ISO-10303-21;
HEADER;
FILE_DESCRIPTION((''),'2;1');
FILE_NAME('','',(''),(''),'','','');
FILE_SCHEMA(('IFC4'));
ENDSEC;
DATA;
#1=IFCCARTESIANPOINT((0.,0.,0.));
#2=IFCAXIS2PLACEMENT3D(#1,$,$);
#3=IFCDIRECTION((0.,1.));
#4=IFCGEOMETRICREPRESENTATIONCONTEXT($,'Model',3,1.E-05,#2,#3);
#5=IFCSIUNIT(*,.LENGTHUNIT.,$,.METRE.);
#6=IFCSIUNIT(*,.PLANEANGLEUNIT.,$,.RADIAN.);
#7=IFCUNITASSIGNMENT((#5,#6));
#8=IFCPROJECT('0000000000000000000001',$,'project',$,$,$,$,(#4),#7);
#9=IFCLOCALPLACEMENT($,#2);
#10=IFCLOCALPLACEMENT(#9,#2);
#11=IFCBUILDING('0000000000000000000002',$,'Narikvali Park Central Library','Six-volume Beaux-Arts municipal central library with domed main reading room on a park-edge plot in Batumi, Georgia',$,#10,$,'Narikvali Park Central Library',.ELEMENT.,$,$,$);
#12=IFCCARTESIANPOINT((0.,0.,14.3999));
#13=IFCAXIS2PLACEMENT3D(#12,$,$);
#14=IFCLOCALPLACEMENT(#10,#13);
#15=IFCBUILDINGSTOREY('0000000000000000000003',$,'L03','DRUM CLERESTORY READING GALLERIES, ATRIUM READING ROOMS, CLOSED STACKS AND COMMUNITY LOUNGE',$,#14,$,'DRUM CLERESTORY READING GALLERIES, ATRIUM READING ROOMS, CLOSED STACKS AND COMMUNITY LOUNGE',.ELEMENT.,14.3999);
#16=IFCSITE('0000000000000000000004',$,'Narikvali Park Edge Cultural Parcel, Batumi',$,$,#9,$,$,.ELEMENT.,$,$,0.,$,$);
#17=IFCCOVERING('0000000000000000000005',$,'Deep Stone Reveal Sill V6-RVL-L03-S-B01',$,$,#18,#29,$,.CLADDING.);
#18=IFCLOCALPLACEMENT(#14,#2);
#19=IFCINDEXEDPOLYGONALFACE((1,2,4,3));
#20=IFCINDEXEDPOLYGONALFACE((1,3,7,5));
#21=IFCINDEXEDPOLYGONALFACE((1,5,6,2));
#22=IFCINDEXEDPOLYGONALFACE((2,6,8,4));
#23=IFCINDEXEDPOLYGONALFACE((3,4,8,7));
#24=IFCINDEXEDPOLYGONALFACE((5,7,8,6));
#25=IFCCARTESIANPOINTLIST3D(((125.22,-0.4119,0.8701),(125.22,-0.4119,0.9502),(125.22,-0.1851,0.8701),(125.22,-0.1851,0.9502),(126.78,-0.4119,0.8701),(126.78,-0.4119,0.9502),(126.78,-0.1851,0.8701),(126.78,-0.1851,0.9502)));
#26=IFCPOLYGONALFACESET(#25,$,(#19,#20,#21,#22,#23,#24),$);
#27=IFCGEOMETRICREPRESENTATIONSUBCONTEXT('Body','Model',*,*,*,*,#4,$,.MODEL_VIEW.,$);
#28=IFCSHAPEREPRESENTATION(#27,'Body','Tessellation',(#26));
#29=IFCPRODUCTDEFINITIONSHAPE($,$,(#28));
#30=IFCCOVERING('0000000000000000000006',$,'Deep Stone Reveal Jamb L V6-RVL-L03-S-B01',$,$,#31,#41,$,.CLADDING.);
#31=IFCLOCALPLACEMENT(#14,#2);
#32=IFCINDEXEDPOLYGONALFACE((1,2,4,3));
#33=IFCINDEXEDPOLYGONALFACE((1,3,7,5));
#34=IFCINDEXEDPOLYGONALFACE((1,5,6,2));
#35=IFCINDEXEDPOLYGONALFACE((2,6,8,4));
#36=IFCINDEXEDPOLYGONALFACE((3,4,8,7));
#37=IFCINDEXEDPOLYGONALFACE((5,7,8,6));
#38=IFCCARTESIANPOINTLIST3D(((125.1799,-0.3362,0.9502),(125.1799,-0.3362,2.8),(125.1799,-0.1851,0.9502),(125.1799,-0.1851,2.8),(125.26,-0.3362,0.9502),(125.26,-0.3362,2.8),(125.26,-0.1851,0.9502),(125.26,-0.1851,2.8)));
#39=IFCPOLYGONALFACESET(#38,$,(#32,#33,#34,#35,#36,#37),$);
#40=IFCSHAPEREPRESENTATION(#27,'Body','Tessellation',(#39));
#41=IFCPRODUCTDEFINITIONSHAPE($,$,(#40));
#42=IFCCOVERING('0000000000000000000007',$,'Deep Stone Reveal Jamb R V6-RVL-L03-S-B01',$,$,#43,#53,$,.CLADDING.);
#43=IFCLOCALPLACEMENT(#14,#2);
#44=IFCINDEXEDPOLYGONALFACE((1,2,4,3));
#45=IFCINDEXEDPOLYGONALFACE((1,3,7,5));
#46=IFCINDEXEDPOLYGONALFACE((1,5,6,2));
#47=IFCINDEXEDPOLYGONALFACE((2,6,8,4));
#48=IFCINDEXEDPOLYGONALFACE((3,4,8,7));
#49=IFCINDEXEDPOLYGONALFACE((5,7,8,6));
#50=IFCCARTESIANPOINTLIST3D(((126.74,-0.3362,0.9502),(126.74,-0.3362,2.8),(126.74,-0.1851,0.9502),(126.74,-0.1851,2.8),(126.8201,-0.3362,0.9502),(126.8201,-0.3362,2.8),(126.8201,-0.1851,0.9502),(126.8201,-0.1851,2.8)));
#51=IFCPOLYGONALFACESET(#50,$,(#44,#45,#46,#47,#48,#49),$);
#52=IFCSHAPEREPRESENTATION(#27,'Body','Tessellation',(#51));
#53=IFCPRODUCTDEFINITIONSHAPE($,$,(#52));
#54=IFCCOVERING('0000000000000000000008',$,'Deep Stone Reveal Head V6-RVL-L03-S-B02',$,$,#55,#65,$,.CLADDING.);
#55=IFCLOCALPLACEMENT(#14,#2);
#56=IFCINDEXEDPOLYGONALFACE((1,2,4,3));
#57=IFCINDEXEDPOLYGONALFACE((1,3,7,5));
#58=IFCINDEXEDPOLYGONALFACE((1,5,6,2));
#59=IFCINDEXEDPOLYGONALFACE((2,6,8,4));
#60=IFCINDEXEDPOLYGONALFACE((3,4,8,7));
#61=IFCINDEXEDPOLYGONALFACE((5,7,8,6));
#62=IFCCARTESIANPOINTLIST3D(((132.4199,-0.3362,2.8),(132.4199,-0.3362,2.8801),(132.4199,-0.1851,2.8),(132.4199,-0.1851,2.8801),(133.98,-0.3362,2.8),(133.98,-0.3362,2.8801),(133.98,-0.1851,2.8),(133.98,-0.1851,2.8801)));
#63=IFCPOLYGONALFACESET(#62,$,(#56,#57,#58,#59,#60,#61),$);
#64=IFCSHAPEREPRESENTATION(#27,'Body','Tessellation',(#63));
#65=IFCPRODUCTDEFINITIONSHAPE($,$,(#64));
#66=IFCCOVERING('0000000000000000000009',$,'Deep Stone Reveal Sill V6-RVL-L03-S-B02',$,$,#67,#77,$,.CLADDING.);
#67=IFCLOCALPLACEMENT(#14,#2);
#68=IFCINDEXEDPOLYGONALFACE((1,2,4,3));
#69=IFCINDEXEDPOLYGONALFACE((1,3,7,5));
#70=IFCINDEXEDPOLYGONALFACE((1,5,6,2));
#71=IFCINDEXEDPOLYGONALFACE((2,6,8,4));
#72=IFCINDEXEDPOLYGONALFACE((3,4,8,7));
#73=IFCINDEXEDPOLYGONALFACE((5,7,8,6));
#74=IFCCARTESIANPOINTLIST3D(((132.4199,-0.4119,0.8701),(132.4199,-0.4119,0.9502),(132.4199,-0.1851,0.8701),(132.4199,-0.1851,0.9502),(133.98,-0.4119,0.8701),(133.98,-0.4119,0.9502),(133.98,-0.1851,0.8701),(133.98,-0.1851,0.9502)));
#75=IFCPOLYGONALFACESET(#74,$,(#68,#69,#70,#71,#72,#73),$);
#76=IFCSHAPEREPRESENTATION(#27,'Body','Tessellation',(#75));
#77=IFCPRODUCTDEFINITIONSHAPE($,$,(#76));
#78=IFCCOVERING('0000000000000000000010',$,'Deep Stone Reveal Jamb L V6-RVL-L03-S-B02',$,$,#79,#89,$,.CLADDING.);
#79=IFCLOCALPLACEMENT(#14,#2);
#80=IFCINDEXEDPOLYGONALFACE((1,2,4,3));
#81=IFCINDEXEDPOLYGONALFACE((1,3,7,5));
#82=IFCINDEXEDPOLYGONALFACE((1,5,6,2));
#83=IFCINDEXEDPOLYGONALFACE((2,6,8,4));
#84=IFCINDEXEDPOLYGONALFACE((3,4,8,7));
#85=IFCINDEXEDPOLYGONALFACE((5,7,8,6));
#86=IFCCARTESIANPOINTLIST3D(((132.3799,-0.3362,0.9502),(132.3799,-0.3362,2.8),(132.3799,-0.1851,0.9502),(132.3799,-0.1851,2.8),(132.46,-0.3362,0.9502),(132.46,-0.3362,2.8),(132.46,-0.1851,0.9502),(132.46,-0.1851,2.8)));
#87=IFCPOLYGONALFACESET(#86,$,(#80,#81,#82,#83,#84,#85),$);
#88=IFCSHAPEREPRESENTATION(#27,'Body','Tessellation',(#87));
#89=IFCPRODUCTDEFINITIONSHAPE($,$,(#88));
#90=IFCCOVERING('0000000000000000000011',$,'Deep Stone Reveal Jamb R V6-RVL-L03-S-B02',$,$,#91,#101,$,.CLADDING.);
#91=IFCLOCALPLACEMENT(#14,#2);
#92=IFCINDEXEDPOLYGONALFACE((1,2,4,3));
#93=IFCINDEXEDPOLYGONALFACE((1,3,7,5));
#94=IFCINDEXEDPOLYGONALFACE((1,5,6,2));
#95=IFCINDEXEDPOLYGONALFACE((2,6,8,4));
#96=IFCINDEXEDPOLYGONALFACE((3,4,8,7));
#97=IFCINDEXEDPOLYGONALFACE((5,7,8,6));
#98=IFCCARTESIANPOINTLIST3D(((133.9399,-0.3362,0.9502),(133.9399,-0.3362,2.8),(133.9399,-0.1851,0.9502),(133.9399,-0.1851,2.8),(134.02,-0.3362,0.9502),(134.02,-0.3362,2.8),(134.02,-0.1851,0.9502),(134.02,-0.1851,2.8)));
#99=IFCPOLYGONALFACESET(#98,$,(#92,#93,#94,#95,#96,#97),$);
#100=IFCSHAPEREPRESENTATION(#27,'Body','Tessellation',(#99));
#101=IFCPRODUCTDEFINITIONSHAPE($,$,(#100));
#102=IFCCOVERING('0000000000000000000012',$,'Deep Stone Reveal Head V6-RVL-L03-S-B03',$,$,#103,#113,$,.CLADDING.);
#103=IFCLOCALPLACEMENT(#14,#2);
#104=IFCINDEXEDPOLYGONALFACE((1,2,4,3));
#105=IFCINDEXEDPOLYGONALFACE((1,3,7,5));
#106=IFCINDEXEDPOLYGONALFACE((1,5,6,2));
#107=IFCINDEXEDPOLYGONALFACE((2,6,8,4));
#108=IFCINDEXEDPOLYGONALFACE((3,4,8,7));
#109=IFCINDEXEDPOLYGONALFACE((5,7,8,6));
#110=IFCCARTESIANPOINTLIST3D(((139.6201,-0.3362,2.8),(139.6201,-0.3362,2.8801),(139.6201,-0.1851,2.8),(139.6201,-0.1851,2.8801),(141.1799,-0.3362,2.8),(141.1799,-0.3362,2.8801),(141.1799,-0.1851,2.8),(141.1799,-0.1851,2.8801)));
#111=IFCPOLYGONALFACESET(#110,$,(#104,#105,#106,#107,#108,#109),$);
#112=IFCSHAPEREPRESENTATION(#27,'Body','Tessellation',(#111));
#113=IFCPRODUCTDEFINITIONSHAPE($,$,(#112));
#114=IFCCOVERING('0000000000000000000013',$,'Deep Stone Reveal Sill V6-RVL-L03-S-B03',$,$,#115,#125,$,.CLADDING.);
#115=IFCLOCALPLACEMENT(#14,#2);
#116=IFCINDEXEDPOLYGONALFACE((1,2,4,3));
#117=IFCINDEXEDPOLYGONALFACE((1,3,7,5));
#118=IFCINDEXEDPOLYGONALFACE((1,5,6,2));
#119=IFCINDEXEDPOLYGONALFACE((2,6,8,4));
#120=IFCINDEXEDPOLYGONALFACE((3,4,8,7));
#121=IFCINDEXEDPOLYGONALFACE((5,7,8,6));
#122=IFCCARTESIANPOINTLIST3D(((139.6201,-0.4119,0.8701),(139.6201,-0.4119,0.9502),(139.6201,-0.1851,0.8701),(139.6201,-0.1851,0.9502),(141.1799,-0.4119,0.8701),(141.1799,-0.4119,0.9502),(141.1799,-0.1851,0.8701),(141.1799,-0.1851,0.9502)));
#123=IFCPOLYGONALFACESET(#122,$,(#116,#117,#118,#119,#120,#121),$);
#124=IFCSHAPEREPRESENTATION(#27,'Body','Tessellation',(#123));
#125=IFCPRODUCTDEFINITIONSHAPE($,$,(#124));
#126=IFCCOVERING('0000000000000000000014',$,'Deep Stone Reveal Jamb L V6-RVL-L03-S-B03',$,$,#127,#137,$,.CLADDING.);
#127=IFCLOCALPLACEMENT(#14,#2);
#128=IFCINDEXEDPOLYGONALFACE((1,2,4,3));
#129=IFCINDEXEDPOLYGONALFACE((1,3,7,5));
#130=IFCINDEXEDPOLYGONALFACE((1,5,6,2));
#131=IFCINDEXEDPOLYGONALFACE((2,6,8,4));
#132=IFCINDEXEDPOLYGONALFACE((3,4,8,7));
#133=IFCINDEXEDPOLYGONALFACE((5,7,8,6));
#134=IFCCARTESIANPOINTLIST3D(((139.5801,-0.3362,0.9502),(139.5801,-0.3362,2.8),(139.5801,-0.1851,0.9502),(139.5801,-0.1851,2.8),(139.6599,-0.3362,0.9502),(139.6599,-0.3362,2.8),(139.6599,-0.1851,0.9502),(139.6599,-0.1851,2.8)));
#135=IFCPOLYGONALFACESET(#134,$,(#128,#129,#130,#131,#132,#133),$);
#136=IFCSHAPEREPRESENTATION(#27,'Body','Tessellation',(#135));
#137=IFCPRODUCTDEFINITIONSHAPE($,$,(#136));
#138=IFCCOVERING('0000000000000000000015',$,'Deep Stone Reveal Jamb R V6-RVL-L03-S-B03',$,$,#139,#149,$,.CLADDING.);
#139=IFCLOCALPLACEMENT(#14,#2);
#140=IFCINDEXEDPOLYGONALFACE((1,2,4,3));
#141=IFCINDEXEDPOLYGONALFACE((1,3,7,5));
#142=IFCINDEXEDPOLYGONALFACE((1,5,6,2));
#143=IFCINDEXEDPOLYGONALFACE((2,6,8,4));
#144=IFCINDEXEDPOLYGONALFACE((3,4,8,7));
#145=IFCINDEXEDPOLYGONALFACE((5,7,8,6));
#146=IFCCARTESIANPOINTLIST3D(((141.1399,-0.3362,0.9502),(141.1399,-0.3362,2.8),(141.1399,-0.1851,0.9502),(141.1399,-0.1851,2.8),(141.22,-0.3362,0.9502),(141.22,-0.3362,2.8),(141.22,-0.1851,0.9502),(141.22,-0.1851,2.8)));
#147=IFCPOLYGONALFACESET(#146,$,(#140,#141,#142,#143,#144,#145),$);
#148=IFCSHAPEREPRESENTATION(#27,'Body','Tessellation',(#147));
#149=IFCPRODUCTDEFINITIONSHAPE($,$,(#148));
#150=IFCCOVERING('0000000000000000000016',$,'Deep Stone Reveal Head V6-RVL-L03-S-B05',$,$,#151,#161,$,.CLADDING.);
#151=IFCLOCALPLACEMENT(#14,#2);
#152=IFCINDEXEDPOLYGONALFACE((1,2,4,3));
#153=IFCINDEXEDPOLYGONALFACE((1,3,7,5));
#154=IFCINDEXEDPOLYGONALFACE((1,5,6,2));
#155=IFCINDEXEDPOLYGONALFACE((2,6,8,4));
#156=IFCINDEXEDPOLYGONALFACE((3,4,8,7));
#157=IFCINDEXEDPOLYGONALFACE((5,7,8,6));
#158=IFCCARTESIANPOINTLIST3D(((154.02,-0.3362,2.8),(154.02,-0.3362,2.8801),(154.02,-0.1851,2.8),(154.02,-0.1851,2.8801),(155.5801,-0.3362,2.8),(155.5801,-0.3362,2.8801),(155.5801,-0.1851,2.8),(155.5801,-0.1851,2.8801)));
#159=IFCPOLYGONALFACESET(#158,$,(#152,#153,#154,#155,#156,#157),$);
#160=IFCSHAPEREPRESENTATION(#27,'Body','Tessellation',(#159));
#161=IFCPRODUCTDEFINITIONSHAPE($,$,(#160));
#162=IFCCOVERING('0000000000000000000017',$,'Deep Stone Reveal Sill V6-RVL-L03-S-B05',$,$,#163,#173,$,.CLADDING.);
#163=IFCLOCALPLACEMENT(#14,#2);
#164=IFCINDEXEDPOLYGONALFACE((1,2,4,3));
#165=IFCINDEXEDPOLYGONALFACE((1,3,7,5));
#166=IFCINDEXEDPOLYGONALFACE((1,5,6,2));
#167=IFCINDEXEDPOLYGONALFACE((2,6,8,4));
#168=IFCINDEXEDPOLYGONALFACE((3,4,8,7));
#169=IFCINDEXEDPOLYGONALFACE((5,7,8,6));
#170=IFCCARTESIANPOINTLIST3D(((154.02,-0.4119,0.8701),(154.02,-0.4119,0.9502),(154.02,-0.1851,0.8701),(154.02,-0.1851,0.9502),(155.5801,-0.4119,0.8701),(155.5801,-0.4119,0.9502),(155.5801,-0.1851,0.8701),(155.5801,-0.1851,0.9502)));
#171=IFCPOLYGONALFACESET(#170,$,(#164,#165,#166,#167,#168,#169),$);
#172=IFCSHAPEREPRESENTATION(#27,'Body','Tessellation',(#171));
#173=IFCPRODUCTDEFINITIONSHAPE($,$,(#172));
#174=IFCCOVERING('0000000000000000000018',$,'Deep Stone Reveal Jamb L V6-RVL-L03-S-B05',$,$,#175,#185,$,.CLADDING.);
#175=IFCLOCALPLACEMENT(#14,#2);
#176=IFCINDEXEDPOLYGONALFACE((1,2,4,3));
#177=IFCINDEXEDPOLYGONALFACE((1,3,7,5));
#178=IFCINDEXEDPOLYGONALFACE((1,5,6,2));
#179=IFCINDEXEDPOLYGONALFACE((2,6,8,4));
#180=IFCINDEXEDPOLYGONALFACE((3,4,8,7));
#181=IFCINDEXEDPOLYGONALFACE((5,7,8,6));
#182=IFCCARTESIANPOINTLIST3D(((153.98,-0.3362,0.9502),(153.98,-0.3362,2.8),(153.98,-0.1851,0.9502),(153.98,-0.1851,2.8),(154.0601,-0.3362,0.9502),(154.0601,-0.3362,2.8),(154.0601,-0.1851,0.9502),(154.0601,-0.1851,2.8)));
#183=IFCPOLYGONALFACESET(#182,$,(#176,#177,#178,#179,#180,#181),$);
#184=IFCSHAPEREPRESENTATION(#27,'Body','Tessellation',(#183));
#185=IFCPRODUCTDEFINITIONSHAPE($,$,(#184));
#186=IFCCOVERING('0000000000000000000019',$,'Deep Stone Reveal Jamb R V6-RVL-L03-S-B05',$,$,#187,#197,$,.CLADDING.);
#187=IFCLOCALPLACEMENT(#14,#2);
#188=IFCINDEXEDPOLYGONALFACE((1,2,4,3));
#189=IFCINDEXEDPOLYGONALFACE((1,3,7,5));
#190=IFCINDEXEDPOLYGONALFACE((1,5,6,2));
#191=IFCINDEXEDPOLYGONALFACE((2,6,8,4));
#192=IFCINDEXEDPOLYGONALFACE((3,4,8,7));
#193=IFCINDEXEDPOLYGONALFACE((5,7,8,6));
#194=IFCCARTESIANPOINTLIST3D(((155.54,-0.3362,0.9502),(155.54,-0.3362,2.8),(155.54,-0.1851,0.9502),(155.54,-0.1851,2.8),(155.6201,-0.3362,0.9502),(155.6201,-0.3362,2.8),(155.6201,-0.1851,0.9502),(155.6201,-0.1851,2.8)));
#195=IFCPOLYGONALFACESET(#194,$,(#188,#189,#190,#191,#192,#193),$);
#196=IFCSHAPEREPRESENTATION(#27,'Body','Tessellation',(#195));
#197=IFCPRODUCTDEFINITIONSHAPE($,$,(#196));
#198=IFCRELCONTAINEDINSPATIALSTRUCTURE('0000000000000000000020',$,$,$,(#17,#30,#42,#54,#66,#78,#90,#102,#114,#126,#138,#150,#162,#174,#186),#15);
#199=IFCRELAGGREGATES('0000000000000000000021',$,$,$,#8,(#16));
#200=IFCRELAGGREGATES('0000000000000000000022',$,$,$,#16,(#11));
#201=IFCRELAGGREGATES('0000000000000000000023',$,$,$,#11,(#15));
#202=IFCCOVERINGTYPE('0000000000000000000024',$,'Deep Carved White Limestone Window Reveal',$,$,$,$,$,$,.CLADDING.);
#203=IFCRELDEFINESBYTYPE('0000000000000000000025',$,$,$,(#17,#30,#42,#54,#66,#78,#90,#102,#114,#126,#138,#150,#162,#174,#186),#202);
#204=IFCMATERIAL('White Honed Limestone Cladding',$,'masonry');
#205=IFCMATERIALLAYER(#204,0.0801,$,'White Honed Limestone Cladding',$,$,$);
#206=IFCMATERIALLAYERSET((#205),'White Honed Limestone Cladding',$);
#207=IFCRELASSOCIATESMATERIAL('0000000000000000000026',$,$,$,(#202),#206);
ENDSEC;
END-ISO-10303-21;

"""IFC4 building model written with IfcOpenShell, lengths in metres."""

from ifc_helpers import new_model, si_unit, direction, frame, origin, place, context, subcontext, project, spatial, polyline, outline, extrude, material, layer, layer_set, type_object, element, save


model = new_model("IFC4")

# Units and contexts
model_context = context("Model", 3, precision=1e-05, world=origin(), true_north=direction((0.0, 1.0)))
body_context = subcontext(model_context, "Body", "Model", "MODEL_VIEW")
ifc_project = project(units=[si_unit("LENGTHUNIT", "METRE"), si_unit("PLANEANGLEUNIT", "RADIAN")], contexts=[model_context])

# Site, building, storey
site_placement = place(None, origin())
site = spatial("IfcSite", under=ifc_project, at=site_placement, Name="Narikvali Park Edge Cultural Parcel, Batumi", CompositionType="ELEMENT", RefElevation=0.0)
building_placement = place(site_placement, origin())
building = spatial("IfcBuilding", under=site, at=building_placement, Name="Narikvali Park Central Library", Description="Six-volume Beaux-Arts municipal central library with domed main reading room on a park-edge plot in Batumi, Georgia", LongName="Narikvali Park Central Library", CompositionType="ELEMENT")
storey_placement = place(building_placement, frame((0.0, 0.0, 14.3999)))
storey = spatial("IfcBuildingStorey", under=building, at=storey_placement, Name="L03", Description="DRUM CLERESTORY READING GALLERIES, ATRIUM READING ROOMS, CLOSED STACKS AND COMMUNITY LOUNGE", LongName="DRUM CLERESTORY READING GALLERIES, ATRIUM READING ROOMS, CLOSED STACKS AND COMMUNITY LOUNGE", CompositionType="ELEMENT", Elevation=14.3999)

# Coverings
ifc_material = material(Name="White Honed Limestone Cladding", Category="masonry")
ifc_layer = layer(ifc_material, 0.0801, Name="White Honed Limestone Cladding")
ifc_layer_set = layer_set([ifc_layer], Name="White Honed Limestone Cladding")
covering_type = type_object("IfcCoveringType", Name="Deep Carved White Limestone Window Reveal", PredefinedType="CLADDING", material=ifc_layer_set)
covering_1_placement = place(storey_placement, frame((0.0, 0.0, 0.8701)))
element("IfcCovering", 1, at=covering_1_placement, inside=storey, type_object=covering_type, Name="Deep Stone Reveal Sill V6-RVL-L03-S-B01", PredefinedType="CLADDING", context=body_context, shape_type="SweptSolid", body=[
    extrude(outline(polyline([(125.22, -0.1851), (126.78, -0.1851), (126.78, -0.4119), (125.22, -0.4119), (125.22, -0.1851)])), origin(), (0.0, 0.0, 1.0), 0.0801),
])
covering_2_placement = place(storey_placement, frame((0.0, 0.0, 0.9502)))
element("IfcCovering", 2, at=covering_2_placement, inside=storey, type_object=covering_type, Name="Deep Stone Reveal Jamb L V6-RVL-L03-S-B01", PredefinedType="CLADDING", context=body_context, shape_type="SweptSolid", body=[
    extrude(outline(polyline([(125.1799, -0.1851), (125.26, -0.1851), (125.26, -0.3362), (125.1799, -0.3362), (125.1799, -0.1851)])), origin(), (0.0, 0.0, 1.0), 1.8499),
])
covering_3_placement = place(storey_placement, frame((0.0, 0.0, 0.9502)))
element("IfcCovering", 3, at=covering_3_placement, inside=storey, type_object=covering_type, Name="Deep Stone Reveal Jamb R V6-RVL-L03-S-B01", PredefinedType="CLADDING", context=body_context, shape_type="SweptSolid", body=[
    extrude(outline(polyline([(126.74, -0.1851), (126.8201, -0.1851), (126.8201, -0.3362), (126.74, -0.3362), (126.74, -0.1851)])), origin(), (0.0, 0.0, 1.0), 1.8499),
])
covering_4_placement = place(storey_placement, frame((0.0, 0.0, 2.8)))
element("IfcCovering", 4, at=covering_4_placement, inside=storey, type_object=covering_type, Name="Deep Stone Reveal Head V6-RVL-L03-S-B02", PredefinedType="CLADDING", context=body_context, shape_type="SweptSolid", body=[
    extrude(outline(polyline([(132.4199, -0.1851), (133.98, -0.1851), (133.98, -0.3362), (132.4199, -0.3362), (132.4199, -0.1851)])), origin(), (0.0, 0.0, 1.0), 0.0801),
])
covering_5_placement = place(storey_placement, frame((0.0, 0.0, 0.8701)))
element("IfcCovering", 5, at=covering_5_placement, inside=storey, type_object=covering_type, Name="Deep Stone Reveal Sill V6-RVL-L03-S-B02", PredefinedType="CLADDING", context=body_context, shape_type="SweptSolid", body=[
    extrude(outline(polyline([(132.4199, -0.1851), (133.98, -0.1851), (133.98, -0.4119), (132.4199, -0.4119), (132.4199, -0.1851)])), origin(), (0.0, 0.0, 1.0), 0.0801),
])
covering_6_placement = place(storey_placement, frame((0.0, 0.0, 0.9502)))
element("IfcCovering", 6, at=covering_6_placement, inside=storey, type_object=covering_type, Name="Deep Stone Reveal Jamb L V6-RVL-L03-S-B02", PredefinedType="CLADDING", context=body_context, shape_type="SweptSolid", body=[
    extrude(outline(polyline([(132.3799, -0.1851), (132.46, -0.1851), (132.46, -0.3362), (132.3799, -0.3362), (132.3799, -0.1851)])), origin(), (0.0, 0.0, 1.0), 1.8499),
])
covering_7_placement = place(storey_placement, frame((0.0, 0.0, 0.9502)))
element("IfcCovering", 7, at=covering_7_placement, inside=storey, type_object=covering_type, Name="Deep Stone Reveal Jamb R V6-RVL-L03-S-B02", PredefinedType="CLADDING", context=body_context, shape_type="SweptSolid", body=[
    extrude(outline(polyline([(133.9399, -0.1851), (134.02, -0.1851), (134.02, -0.3362), (133.9399, -0.3362), (133.9399, -0.1851)])), origin(), (0.0, 0.0, 1.0), 1.8499),
])
covering_8_placement = place(storey_placement, frame((0.0, 0.0, 2.8)))
element("IfcCovering", 8, at=covering_8_placement, inside=storey, type_object=covering_type, Name="Deep Stone Reveal Head V6-RVL-L03-S-B03", PredefinedType="CLADDING", context=body_context, shape_type="SweptSolid", body=[
    extrude(outline(polyline([(139.6201, -0.1851), (141.1799, -0.1851), (141.1799, -0.3362), (139.6201, -0.3362), (139.6201, -0.1851)])), origin(), (0.0, 0.0, 1.0), 0.0801),
])
covering_9_placement = place(storey_placement, frame((0.0, 0.0, 0.8701)))
element("IfcCovering", 9, at=covering_9_placement, inside=storey, type_object=covering_type, Name="Deep Stone Reveal Sill V6-RVL-L03-S-B03", PredefinedType="CLADDING", context=body_context, shape_type="SweptSolid", body=[
    extrude(outline(polyline([(139.6201, -0.1851), (141.1799, -0.1851), (141.1799, -0.4119), (139.6201, -0.4119), (139.6201, -0.1851)])), origin(), (0.0, 0.0, 1.0), 0.0801),
])
covering_10_placement = place(storey_placement, frame((0.0, 0.0, 0.9502)))
element("IfcCovering", 10, at=covering_10_placement, inside=storey, type_object=covering_type, Name="Deep Stone Reveal Jamb L V6-RVL-L03-S-B03", PredefinedType="CLADDING", context=body_context, shape_type="SweptSolid", body=[
    extrude(outline(polyline([(139.5801, -0.1851), (139.6599, -0.1851), (139.6599, -0.3362), (139.5801, -0.3362), (139.5801, -0.1851)])), origin(), (0.0, 0.0, 1.0), 1.8499),
])
covering_11_placement = place(storey_placement, frame((0.0, 0.0, 0.9502)))
element("IfcCovering", 11, at=covering_11_placement, inside=storey, type_object=covering_type, Name="Deep Stone Reveal Jamb R V6-RVL-L03-S-B03", PredefinedType="CLADDING", context=body_context, shape_type="SweptSolid", body=[
    extrude(outline(polyline([(141.1399, -0.1851), (141.22, -0.1851), (141.22, -0.3362), (141.1399, -0.3362), (141.1399, -0.1851)])), origin(), (0.0, 0.0, 1.0), 1.8499),
])
covering_12_placement = place(storey_placement, frame((0.0, 0.0, 2.8)))
element("IfcCovering", 12, at=covering_12_placement, inside=storey, type_object=covering_type, Name="Deep Stone Reveal Head V6-RVL-L03-S-B05", PredefinedType="CLADDING", context=body_context, shape_type="SweptSolid", body=[
    extrude(outline(polyline([(154.02, -0.1851), (155.5801, -0.1851), (155.5801, -0.3362), (154.02, -0.3362), (154.02, -0.1851)])), origin(), (0.0, 0.0, 1.0), 0.0801),
])
covering_13_placement = place(storey_placement, frame((0.0, 0.0, 0.8701)))
element("IfcCovering", 13, at=covering_13_placement, inside=storey, type_object=covering_type, Name="Deep Stone Reveal Sill V6-RVL-L03-S-B05", PredefinedType="CLADDING", context=body_context, shape_type="SweptSolid", body=[
    extrude(outline(polyline([(154.02, -0.1851), (155.5801, -0.1851), (155.5801, -0.4119), (154.02, -0.4119), (154.02, -0.1851)])), origin(), (0.0, 0.0, 1.0), 0.0801),
])
covering_14_placement = place(storey_placement, frame((0.0, 0.0, 0.9502)))
element("IfcCovering", 14, at=covering_14_placement, inside=storey, type_object=covering_type, Name="Deep Stone Reveal Jamb L V6-RVL-L03-S-B05", PredefinedType="CLADDING", context=body_context, shape_type="SweptSolid", body=[
    extrude(outline(polyline([(153.98, -0.1851), (154.0601, -0.1851), (154.0601, -0.3362), (153.98, -0.3362), (153.98, -0.1851)])), origin(), (0.0, 0.0, 1.0), 1.8499),
])
covering_15_placement = place(storey_placement, frame((0.0, 0.0, 0.9502)))
element("IfcCovering", 15, at=covering_15_placement, inside=storey, type_object=covering_type, Name="Deep Stone Reveal Jamb R V6-RVL-L03-S-B05", PredefinedType="CLADDING", context=body_context, shape_type="SweptSolid", body=[
    extrude(outline(polyline([(155.54, -0.1851), (155.6201, -0.1851), (155.6201, -0.3362), (155.54, -0.3362), (155.54, -0.1851)])), origin(), (0.0, 0.0, 1.0), 1.8499),
])

save(model, "model.ifc")
